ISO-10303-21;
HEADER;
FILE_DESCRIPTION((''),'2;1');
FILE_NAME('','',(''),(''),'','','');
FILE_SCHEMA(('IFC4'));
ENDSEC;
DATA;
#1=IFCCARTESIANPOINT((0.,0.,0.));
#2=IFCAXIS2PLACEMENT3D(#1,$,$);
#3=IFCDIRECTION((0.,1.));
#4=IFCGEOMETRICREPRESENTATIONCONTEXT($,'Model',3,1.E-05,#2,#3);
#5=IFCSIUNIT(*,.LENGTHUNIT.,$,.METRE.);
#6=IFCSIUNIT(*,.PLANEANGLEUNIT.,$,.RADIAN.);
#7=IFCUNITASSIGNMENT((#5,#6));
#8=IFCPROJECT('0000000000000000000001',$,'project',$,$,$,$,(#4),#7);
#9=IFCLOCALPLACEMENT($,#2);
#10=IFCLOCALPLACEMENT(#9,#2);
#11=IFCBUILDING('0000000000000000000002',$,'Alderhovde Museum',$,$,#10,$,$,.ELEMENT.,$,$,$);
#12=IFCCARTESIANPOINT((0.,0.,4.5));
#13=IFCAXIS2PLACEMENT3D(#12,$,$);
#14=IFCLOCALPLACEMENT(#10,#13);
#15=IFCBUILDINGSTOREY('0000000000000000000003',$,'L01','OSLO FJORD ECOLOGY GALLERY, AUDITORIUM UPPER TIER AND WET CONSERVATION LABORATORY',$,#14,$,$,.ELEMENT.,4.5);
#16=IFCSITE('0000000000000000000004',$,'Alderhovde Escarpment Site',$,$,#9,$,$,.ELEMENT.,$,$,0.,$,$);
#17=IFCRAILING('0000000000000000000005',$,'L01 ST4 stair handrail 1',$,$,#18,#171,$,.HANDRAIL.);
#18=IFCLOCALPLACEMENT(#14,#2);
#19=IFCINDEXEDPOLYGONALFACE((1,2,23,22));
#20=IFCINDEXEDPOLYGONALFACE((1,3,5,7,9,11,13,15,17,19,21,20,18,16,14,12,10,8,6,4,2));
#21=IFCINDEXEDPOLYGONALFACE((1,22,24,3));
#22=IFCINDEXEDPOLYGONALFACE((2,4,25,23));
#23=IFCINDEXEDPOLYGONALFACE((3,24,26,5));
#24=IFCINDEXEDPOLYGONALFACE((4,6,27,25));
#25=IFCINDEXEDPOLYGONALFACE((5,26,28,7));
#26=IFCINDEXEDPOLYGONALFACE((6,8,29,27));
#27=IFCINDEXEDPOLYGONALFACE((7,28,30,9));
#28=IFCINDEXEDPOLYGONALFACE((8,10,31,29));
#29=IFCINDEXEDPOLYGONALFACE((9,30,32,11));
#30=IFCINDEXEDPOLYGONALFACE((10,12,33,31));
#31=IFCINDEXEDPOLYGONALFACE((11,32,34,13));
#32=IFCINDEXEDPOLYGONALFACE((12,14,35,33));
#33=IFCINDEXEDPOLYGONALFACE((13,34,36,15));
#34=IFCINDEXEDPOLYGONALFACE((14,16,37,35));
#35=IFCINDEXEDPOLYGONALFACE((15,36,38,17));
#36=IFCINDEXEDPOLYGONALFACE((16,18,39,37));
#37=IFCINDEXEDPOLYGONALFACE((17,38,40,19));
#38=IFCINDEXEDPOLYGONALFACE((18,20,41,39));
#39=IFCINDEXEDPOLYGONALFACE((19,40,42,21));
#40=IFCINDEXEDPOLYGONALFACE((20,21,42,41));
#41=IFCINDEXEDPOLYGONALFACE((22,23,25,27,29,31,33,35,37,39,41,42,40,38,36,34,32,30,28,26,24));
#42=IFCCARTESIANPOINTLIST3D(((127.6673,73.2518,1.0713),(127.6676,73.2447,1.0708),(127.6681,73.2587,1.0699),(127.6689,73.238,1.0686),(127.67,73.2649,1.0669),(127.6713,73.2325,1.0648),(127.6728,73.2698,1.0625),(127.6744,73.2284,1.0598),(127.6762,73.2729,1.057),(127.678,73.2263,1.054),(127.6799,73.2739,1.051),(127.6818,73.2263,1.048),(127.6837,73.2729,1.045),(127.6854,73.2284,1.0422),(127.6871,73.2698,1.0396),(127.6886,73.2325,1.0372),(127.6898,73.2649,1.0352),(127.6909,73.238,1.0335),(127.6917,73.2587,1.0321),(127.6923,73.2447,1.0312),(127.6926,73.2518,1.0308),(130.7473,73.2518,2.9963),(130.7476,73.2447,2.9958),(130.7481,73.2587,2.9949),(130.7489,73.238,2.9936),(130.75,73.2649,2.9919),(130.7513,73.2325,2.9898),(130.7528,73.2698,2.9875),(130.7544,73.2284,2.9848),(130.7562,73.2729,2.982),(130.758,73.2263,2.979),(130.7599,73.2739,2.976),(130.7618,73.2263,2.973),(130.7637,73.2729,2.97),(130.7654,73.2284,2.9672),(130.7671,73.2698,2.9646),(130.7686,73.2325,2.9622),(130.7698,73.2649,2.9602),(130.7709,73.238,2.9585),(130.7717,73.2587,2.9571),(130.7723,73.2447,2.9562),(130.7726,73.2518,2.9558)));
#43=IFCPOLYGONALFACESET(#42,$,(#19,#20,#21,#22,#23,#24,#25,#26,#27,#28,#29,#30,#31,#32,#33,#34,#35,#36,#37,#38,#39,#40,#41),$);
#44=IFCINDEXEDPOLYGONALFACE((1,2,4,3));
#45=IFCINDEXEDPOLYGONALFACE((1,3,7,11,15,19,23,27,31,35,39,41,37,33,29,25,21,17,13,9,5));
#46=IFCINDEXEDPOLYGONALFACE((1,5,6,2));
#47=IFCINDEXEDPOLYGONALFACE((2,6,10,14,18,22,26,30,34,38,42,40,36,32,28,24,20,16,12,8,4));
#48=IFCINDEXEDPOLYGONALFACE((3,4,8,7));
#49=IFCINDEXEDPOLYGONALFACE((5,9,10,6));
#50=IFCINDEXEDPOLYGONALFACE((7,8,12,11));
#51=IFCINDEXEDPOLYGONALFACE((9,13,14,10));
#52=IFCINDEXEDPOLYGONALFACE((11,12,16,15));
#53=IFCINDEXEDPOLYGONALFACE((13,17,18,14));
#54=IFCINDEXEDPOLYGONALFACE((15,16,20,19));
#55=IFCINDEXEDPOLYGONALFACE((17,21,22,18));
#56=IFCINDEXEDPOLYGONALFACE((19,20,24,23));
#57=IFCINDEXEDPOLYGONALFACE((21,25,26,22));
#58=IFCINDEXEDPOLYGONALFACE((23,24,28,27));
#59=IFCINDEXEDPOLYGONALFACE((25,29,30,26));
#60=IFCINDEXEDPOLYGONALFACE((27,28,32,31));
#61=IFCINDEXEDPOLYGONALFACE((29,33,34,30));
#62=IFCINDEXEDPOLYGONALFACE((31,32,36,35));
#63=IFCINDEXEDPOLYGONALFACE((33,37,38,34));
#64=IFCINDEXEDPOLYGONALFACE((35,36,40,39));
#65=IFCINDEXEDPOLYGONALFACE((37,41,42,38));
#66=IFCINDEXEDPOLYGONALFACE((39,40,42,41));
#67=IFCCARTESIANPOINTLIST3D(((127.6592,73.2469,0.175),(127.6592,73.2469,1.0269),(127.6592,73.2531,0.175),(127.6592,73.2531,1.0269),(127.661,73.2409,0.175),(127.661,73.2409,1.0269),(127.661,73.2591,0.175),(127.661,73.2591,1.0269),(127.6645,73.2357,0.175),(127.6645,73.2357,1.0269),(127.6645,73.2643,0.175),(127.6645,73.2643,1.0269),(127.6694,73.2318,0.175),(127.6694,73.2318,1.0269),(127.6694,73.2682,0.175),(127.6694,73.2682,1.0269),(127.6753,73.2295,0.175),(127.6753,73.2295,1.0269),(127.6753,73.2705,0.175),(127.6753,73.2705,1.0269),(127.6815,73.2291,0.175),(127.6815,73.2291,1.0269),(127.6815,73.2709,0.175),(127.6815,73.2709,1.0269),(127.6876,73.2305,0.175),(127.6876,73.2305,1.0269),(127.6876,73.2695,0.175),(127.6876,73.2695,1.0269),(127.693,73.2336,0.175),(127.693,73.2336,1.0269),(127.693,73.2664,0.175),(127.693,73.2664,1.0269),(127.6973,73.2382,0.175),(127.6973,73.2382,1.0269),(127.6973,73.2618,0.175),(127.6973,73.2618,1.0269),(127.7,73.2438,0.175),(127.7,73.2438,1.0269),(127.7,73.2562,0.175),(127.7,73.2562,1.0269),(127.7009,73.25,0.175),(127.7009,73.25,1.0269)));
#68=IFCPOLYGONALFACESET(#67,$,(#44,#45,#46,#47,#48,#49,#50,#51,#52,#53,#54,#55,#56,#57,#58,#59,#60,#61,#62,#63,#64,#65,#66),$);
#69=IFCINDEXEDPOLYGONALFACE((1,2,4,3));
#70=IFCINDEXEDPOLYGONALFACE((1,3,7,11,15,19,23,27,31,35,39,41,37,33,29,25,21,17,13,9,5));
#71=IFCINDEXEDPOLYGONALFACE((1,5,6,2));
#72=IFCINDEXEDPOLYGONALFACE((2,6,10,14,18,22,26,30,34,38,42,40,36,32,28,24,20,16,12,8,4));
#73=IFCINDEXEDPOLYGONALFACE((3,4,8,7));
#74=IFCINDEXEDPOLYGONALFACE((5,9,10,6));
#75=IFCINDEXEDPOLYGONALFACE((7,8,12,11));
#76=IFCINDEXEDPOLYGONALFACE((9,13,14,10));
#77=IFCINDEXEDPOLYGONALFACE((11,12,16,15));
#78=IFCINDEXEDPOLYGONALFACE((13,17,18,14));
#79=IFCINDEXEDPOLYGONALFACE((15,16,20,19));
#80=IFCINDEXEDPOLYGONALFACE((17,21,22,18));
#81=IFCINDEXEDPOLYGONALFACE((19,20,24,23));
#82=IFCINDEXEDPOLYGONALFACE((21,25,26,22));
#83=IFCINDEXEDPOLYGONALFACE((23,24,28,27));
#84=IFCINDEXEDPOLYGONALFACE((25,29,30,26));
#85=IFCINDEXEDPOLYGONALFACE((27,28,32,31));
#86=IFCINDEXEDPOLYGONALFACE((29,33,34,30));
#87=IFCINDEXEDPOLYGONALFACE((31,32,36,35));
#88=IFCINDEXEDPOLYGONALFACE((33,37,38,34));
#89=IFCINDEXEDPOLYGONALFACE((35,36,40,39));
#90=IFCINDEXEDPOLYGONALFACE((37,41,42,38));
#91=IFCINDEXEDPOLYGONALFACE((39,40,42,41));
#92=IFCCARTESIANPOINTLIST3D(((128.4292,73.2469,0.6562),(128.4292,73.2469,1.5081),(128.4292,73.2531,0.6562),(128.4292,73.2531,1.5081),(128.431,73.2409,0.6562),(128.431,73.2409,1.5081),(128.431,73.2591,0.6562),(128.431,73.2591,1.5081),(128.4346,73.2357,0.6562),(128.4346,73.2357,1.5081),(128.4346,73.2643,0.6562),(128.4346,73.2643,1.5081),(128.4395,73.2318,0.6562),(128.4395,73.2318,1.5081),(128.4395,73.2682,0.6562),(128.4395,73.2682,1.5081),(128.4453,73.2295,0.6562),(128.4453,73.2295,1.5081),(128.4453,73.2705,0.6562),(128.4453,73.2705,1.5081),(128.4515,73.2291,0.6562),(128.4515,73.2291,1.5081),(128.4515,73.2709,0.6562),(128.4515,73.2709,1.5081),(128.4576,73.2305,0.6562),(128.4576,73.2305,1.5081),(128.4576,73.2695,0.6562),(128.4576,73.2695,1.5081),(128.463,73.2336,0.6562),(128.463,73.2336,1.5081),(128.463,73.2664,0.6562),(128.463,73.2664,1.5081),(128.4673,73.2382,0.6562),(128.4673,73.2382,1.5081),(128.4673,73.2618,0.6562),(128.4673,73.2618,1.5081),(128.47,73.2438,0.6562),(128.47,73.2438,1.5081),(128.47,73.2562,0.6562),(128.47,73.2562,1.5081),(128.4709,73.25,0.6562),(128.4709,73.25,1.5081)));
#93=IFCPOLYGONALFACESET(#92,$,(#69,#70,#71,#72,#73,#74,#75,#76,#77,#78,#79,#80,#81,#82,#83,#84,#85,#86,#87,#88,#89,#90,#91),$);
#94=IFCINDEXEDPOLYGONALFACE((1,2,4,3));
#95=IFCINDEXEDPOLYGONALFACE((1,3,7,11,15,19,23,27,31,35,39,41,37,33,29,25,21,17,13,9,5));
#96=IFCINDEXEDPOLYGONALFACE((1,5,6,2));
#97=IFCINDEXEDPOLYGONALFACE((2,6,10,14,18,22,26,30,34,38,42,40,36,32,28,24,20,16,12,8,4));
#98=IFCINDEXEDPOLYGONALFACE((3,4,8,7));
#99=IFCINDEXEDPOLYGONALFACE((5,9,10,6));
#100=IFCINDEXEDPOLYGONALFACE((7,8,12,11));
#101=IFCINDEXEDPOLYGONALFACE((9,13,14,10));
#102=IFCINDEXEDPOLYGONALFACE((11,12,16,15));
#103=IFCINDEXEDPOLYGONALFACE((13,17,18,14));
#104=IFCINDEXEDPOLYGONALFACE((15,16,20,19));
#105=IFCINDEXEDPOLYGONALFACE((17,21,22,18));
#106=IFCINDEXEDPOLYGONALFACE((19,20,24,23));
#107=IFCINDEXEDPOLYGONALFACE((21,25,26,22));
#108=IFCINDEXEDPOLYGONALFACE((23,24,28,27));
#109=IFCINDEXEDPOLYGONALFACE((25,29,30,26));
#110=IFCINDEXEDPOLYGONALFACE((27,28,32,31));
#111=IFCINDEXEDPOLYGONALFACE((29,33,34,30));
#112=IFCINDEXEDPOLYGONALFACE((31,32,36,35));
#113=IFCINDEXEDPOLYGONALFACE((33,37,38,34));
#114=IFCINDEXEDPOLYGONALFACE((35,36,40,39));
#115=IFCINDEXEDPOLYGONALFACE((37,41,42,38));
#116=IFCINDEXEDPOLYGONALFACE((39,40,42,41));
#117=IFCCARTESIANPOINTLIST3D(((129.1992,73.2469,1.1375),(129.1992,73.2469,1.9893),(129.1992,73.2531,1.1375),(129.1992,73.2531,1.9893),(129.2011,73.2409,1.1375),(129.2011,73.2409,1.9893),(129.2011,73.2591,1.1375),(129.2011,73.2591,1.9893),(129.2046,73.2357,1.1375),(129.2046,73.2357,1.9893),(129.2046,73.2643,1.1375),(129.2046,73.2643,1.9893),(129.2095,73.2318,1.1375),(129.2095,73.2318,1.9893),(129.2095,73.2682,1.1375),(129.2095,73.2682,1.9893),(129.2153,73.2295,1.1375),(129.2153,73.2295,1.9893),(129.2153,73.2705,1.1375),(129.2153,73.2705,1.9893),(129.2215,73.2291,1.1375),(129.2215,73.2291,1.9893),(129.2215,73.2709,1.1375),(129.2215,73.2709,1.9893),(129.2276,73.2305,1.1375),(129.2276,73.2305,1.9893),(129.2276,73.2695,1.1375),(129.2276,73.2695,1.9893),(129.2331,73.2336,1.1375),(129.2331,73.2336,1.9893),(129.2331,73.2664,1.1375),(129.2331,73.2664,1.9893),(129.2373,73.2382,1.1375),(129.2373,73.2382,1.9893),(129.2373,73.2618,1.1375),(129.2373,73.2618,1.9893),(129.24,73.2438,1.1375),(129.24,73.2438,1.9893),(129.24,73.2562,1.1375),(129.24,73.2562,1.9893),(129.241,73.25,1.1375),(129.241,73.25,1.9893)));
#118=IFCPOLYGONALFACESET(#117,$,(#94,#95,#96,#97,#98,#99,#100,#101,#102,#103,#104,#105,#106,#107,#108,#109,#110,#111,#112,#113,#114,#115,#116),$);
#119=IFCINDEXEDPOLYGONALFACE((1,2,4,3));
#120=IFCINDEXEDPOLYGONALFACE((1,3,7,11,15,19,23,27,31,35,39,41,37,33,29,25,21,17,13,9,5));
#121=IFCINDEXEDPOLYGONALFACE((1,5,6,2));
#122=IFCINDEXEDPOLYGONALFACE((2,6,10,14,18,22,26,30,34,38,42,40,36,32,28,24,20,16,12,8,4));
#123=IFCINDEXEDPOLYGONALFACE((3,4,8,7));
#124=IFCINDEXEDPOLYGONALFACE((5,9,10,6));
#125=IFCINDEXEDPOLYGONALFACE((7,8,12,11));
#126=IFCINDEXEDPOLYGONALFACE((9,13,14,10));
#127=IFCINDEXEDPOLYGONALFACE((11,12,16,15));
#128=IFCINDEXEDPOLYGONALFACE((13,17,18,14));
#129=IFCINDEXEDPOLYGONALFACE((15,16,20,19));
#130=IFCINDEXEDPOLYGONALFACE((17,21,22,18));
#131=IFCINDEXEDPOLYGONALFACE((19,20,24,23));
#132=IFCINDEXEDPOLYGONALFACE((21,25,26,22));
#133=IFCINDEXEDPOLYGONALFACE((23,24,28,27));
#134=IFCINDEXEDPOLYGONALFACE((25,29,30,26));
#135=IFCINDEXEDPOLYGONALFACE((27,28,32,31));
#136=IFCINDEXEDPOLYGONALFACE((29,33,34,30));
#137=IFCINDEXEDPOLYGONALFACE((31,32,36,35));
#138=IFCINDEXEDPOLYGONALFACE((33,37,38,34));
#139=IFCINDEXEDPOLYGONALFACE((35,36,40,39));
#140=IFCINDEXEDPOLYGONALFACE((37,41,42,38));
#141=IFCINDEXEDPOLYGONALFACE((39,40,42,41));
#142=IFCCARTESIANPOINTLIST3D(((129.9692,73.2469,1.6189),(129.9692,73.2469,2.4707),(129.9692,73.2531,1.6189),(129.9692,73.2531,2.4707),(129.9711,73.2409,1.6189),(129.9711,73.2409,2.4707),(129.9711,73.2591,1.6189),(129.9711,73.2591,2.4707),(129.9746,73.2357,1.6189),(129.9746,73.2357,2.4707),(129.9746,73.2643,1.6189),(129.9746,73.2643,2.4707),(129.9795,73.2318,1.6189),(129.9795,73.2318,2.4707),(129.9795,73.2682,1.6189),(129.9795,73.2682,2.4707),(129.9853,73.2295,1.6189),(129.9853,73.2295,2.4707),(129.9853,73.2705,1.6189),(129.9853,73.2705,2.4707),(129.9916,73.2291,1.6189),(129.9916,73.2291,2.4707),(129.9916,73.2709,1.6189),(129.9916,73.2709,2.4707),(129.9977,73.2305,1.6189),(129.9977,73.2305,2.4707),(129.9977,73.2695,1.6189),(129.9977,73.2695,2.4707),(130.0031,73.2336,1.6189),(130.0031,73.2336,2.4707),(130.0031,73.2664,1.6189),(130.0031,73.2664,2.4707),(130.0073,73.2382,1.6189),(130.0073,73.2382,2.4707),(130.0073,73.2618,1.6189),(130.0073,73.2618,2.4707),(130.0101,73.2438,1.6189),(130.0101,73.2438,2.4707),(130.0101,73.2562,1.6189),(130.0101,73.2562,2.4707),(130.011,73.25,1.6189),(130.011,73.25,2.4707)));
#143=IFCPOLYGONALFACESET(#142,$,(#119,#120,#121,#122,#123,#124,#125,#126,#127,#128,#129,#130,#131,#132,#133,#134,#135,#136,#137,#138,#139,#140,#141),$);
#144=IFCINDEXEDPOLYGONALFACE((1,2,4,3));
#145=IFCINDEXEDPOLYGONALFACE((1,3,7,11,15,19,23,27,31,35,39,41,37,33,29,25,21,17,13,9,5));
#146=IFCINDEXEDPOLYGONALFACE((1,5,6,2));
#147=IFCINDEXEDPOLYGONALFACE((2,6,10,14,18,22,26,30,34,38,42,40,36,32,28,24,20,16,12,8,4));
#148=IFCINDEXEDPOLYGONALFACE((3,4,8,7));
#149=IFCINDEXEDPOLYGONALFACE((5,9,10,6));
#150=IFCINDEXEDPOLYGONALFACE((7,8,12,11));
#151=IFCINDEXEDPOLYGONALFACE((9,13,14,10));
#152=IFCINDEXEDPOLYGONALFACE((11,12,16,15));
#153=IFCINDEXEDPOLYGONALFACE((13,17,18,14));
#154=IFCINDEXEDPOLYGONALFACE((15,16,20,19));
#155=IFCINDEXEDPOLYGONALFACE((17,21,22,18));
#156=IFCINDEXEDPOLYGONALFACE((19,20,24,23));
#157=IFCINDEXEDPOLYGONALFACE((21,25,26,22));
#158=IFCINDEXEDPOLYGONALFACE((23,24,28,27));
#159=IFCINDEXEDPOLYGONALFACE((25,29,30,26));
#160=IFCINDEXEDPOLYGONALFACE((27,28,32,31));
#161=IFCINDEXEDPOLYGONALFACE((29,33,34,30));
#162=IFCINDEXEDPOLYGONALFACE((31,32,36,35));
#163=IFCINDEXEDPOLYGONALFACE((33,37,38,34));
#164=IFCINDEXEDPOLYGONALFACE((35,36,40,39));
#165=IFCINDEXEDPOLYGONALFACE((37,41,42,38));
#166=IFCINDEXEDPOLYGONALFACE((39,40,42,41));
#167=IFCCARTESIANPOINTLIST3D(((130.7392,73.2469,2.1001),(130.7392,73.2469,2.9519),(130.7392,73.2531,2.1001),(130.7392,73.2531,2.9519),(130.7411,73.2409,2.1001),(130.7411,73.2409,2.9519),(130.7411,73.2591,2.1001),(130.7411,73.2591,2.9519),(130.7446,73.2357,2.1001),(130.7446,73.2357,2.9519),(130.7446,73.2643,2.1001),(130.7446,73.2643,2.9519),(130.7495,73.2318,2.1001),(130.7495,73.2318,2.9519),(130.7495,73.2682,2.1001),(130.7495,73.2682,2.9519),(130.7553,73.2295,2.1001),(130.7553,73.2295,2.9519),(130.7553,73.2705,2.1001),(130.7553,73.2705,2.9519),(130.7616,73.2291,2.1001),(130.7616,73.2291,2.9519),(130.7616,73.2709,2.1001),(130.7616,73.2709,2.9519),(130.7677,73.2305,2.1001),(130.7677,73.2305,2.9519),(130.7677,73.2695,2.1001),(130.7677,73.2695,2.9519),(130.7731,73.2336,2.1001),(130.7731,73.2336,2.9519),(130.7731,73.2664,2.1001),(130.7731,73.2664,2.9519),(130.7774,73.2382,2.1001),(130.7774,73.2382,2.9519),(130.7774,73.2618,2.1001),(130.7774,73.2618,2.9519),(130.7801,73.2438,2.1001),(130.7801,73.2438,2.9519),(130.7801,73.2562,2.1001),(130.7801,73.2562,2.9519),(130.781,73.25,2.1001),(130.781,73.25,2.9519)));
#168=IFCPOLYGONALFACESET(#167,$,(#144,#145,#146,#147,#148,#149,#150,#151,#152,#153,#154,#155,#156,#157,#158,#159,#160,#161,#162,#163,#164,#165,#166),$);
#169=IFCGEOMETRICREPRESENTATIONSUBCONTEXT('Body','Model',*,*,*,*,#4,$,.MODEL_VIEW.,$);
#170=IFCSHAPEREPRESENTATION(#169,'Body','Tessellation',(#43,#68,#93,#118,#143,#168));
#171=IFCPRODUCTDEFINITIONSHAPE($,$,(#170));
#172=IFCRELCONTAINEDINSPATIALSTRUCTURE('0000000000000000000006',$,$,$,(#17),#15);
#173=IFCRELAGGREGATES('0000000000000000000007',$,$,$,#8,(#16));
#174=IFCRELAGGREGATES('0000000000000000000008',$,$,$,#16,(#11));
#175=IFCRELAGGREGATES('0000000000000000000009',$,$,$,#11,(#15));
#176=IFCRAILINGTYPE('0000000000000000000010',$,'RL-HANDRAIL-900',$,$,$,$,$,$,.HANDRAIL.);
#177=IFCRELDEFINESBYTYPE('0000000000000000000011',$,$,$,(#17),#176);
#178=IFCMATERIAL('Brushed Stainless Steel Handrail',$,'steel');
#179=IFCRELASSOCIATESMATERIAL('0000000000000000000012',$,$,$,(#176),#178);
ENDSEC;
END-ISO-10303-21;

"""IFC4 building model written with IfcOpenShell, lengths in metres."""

from ifc_helpers import new_model, si_unit, direction, frame, origin, origin_2d, place, context, subcontext, project, spatial, circle, extrude, material, type_object, element, save


model = new_model("IFC4")

# Units and contexts
model_context = context("Model", 3, precision=1e-05, world=origin(), true_north=direction((0.0, 1.0)))
body_context = subcontext(model_context, "Body", "Model", "MODEL_VIEW")
ifc_project = project(units=[si_unit("LENGTHUNIT", "METRE"), si_unit("PLANEANGLEUNIT", "RADIAN")], contexts=[model_context])

# Site, building, storey
site_placement = place(None, origin())
site = spatial("IfcSite", under=ifc_project, at=site_placement, Name="Alderhovde Escarpment Site", CompositionType="ELEMENT", RefElevation=0.0)
building_placement = place(site_placement, origin())
building = spatial("IfcBuilding", under=site, at=building_placement, Name="Alderhovde Museum", CompositionType="ELEMENT")
storey_placement = place(building_placement, frame((0.0, 0.0, 4.5)))
storey = spatial("IfcBuildingStorey", under=building, at=storey_placement, Name="L01", Description="OSLO FJORD ECOLOGY GALLERY, AUDITORIUM UPPER TIER AND WET CONSERVATION LABORATORY", CompositionType="ELEMENT", Elevation=4.5)

# Railing
ifc_material_1 = material(Name="Brushed Stainless Steel Handrail", Category="steel")
railing_type_1 = type_object("IfcRailingType", Name="RL-HANDRAIL-900", PredefinedType="HANDRAIL", material=ifc_material_1)
railing_1_placement = place(storey_placement, frame((127.6799, 73.25, 0.175)))
element("IfcRailing", 1, at=railing_1_placement, inside=storey, type_object=railing_type_1, Name="L01 ST4 stair handrail 1", PredefinedType="HANDRAIL", context=body_context, shape_type="SweptSolid", body=[
    extrude(circle(Radius=0.0239, at=origin_2d()), frame((0.0, 0.0, 0.876), z_axis=(0.847998, 0.0, 0.529999), x_axis=(0.0, 1.0, 0.0)), (0.0, 0.0, 1.0), 3.6321),
    extrude(circle(Radius=0.021, at=origin_2d()), origin(), (0.0, 0.0, 1.0), 0.8518),
    extrude(circle(Radius=0.021, at=origin_2d()), frame((0.77, 0.0, 0.4812)), (0.0, 0.0, 1.0), 0.8518),
    extrude(circle(Radius=0.021, at=origin_2d()), frame((1.54, 0.0, 0.9624)), (0.0, 0.0, 1.0), 0.8518),
    extrude(circle(Radius=0.021, at=origin_2d()), frame((2.3101, 0.0, 1.4438)), (0.0, 0.0, 1.0), 0.8518),
    extrude(circle(Radius=0.021, at=origin_2d()), frame((3.0801, 0.0, 1.925)), (0.0, 0.0, 1.0), 0.8518),
])

save(model, "model.ifc")
